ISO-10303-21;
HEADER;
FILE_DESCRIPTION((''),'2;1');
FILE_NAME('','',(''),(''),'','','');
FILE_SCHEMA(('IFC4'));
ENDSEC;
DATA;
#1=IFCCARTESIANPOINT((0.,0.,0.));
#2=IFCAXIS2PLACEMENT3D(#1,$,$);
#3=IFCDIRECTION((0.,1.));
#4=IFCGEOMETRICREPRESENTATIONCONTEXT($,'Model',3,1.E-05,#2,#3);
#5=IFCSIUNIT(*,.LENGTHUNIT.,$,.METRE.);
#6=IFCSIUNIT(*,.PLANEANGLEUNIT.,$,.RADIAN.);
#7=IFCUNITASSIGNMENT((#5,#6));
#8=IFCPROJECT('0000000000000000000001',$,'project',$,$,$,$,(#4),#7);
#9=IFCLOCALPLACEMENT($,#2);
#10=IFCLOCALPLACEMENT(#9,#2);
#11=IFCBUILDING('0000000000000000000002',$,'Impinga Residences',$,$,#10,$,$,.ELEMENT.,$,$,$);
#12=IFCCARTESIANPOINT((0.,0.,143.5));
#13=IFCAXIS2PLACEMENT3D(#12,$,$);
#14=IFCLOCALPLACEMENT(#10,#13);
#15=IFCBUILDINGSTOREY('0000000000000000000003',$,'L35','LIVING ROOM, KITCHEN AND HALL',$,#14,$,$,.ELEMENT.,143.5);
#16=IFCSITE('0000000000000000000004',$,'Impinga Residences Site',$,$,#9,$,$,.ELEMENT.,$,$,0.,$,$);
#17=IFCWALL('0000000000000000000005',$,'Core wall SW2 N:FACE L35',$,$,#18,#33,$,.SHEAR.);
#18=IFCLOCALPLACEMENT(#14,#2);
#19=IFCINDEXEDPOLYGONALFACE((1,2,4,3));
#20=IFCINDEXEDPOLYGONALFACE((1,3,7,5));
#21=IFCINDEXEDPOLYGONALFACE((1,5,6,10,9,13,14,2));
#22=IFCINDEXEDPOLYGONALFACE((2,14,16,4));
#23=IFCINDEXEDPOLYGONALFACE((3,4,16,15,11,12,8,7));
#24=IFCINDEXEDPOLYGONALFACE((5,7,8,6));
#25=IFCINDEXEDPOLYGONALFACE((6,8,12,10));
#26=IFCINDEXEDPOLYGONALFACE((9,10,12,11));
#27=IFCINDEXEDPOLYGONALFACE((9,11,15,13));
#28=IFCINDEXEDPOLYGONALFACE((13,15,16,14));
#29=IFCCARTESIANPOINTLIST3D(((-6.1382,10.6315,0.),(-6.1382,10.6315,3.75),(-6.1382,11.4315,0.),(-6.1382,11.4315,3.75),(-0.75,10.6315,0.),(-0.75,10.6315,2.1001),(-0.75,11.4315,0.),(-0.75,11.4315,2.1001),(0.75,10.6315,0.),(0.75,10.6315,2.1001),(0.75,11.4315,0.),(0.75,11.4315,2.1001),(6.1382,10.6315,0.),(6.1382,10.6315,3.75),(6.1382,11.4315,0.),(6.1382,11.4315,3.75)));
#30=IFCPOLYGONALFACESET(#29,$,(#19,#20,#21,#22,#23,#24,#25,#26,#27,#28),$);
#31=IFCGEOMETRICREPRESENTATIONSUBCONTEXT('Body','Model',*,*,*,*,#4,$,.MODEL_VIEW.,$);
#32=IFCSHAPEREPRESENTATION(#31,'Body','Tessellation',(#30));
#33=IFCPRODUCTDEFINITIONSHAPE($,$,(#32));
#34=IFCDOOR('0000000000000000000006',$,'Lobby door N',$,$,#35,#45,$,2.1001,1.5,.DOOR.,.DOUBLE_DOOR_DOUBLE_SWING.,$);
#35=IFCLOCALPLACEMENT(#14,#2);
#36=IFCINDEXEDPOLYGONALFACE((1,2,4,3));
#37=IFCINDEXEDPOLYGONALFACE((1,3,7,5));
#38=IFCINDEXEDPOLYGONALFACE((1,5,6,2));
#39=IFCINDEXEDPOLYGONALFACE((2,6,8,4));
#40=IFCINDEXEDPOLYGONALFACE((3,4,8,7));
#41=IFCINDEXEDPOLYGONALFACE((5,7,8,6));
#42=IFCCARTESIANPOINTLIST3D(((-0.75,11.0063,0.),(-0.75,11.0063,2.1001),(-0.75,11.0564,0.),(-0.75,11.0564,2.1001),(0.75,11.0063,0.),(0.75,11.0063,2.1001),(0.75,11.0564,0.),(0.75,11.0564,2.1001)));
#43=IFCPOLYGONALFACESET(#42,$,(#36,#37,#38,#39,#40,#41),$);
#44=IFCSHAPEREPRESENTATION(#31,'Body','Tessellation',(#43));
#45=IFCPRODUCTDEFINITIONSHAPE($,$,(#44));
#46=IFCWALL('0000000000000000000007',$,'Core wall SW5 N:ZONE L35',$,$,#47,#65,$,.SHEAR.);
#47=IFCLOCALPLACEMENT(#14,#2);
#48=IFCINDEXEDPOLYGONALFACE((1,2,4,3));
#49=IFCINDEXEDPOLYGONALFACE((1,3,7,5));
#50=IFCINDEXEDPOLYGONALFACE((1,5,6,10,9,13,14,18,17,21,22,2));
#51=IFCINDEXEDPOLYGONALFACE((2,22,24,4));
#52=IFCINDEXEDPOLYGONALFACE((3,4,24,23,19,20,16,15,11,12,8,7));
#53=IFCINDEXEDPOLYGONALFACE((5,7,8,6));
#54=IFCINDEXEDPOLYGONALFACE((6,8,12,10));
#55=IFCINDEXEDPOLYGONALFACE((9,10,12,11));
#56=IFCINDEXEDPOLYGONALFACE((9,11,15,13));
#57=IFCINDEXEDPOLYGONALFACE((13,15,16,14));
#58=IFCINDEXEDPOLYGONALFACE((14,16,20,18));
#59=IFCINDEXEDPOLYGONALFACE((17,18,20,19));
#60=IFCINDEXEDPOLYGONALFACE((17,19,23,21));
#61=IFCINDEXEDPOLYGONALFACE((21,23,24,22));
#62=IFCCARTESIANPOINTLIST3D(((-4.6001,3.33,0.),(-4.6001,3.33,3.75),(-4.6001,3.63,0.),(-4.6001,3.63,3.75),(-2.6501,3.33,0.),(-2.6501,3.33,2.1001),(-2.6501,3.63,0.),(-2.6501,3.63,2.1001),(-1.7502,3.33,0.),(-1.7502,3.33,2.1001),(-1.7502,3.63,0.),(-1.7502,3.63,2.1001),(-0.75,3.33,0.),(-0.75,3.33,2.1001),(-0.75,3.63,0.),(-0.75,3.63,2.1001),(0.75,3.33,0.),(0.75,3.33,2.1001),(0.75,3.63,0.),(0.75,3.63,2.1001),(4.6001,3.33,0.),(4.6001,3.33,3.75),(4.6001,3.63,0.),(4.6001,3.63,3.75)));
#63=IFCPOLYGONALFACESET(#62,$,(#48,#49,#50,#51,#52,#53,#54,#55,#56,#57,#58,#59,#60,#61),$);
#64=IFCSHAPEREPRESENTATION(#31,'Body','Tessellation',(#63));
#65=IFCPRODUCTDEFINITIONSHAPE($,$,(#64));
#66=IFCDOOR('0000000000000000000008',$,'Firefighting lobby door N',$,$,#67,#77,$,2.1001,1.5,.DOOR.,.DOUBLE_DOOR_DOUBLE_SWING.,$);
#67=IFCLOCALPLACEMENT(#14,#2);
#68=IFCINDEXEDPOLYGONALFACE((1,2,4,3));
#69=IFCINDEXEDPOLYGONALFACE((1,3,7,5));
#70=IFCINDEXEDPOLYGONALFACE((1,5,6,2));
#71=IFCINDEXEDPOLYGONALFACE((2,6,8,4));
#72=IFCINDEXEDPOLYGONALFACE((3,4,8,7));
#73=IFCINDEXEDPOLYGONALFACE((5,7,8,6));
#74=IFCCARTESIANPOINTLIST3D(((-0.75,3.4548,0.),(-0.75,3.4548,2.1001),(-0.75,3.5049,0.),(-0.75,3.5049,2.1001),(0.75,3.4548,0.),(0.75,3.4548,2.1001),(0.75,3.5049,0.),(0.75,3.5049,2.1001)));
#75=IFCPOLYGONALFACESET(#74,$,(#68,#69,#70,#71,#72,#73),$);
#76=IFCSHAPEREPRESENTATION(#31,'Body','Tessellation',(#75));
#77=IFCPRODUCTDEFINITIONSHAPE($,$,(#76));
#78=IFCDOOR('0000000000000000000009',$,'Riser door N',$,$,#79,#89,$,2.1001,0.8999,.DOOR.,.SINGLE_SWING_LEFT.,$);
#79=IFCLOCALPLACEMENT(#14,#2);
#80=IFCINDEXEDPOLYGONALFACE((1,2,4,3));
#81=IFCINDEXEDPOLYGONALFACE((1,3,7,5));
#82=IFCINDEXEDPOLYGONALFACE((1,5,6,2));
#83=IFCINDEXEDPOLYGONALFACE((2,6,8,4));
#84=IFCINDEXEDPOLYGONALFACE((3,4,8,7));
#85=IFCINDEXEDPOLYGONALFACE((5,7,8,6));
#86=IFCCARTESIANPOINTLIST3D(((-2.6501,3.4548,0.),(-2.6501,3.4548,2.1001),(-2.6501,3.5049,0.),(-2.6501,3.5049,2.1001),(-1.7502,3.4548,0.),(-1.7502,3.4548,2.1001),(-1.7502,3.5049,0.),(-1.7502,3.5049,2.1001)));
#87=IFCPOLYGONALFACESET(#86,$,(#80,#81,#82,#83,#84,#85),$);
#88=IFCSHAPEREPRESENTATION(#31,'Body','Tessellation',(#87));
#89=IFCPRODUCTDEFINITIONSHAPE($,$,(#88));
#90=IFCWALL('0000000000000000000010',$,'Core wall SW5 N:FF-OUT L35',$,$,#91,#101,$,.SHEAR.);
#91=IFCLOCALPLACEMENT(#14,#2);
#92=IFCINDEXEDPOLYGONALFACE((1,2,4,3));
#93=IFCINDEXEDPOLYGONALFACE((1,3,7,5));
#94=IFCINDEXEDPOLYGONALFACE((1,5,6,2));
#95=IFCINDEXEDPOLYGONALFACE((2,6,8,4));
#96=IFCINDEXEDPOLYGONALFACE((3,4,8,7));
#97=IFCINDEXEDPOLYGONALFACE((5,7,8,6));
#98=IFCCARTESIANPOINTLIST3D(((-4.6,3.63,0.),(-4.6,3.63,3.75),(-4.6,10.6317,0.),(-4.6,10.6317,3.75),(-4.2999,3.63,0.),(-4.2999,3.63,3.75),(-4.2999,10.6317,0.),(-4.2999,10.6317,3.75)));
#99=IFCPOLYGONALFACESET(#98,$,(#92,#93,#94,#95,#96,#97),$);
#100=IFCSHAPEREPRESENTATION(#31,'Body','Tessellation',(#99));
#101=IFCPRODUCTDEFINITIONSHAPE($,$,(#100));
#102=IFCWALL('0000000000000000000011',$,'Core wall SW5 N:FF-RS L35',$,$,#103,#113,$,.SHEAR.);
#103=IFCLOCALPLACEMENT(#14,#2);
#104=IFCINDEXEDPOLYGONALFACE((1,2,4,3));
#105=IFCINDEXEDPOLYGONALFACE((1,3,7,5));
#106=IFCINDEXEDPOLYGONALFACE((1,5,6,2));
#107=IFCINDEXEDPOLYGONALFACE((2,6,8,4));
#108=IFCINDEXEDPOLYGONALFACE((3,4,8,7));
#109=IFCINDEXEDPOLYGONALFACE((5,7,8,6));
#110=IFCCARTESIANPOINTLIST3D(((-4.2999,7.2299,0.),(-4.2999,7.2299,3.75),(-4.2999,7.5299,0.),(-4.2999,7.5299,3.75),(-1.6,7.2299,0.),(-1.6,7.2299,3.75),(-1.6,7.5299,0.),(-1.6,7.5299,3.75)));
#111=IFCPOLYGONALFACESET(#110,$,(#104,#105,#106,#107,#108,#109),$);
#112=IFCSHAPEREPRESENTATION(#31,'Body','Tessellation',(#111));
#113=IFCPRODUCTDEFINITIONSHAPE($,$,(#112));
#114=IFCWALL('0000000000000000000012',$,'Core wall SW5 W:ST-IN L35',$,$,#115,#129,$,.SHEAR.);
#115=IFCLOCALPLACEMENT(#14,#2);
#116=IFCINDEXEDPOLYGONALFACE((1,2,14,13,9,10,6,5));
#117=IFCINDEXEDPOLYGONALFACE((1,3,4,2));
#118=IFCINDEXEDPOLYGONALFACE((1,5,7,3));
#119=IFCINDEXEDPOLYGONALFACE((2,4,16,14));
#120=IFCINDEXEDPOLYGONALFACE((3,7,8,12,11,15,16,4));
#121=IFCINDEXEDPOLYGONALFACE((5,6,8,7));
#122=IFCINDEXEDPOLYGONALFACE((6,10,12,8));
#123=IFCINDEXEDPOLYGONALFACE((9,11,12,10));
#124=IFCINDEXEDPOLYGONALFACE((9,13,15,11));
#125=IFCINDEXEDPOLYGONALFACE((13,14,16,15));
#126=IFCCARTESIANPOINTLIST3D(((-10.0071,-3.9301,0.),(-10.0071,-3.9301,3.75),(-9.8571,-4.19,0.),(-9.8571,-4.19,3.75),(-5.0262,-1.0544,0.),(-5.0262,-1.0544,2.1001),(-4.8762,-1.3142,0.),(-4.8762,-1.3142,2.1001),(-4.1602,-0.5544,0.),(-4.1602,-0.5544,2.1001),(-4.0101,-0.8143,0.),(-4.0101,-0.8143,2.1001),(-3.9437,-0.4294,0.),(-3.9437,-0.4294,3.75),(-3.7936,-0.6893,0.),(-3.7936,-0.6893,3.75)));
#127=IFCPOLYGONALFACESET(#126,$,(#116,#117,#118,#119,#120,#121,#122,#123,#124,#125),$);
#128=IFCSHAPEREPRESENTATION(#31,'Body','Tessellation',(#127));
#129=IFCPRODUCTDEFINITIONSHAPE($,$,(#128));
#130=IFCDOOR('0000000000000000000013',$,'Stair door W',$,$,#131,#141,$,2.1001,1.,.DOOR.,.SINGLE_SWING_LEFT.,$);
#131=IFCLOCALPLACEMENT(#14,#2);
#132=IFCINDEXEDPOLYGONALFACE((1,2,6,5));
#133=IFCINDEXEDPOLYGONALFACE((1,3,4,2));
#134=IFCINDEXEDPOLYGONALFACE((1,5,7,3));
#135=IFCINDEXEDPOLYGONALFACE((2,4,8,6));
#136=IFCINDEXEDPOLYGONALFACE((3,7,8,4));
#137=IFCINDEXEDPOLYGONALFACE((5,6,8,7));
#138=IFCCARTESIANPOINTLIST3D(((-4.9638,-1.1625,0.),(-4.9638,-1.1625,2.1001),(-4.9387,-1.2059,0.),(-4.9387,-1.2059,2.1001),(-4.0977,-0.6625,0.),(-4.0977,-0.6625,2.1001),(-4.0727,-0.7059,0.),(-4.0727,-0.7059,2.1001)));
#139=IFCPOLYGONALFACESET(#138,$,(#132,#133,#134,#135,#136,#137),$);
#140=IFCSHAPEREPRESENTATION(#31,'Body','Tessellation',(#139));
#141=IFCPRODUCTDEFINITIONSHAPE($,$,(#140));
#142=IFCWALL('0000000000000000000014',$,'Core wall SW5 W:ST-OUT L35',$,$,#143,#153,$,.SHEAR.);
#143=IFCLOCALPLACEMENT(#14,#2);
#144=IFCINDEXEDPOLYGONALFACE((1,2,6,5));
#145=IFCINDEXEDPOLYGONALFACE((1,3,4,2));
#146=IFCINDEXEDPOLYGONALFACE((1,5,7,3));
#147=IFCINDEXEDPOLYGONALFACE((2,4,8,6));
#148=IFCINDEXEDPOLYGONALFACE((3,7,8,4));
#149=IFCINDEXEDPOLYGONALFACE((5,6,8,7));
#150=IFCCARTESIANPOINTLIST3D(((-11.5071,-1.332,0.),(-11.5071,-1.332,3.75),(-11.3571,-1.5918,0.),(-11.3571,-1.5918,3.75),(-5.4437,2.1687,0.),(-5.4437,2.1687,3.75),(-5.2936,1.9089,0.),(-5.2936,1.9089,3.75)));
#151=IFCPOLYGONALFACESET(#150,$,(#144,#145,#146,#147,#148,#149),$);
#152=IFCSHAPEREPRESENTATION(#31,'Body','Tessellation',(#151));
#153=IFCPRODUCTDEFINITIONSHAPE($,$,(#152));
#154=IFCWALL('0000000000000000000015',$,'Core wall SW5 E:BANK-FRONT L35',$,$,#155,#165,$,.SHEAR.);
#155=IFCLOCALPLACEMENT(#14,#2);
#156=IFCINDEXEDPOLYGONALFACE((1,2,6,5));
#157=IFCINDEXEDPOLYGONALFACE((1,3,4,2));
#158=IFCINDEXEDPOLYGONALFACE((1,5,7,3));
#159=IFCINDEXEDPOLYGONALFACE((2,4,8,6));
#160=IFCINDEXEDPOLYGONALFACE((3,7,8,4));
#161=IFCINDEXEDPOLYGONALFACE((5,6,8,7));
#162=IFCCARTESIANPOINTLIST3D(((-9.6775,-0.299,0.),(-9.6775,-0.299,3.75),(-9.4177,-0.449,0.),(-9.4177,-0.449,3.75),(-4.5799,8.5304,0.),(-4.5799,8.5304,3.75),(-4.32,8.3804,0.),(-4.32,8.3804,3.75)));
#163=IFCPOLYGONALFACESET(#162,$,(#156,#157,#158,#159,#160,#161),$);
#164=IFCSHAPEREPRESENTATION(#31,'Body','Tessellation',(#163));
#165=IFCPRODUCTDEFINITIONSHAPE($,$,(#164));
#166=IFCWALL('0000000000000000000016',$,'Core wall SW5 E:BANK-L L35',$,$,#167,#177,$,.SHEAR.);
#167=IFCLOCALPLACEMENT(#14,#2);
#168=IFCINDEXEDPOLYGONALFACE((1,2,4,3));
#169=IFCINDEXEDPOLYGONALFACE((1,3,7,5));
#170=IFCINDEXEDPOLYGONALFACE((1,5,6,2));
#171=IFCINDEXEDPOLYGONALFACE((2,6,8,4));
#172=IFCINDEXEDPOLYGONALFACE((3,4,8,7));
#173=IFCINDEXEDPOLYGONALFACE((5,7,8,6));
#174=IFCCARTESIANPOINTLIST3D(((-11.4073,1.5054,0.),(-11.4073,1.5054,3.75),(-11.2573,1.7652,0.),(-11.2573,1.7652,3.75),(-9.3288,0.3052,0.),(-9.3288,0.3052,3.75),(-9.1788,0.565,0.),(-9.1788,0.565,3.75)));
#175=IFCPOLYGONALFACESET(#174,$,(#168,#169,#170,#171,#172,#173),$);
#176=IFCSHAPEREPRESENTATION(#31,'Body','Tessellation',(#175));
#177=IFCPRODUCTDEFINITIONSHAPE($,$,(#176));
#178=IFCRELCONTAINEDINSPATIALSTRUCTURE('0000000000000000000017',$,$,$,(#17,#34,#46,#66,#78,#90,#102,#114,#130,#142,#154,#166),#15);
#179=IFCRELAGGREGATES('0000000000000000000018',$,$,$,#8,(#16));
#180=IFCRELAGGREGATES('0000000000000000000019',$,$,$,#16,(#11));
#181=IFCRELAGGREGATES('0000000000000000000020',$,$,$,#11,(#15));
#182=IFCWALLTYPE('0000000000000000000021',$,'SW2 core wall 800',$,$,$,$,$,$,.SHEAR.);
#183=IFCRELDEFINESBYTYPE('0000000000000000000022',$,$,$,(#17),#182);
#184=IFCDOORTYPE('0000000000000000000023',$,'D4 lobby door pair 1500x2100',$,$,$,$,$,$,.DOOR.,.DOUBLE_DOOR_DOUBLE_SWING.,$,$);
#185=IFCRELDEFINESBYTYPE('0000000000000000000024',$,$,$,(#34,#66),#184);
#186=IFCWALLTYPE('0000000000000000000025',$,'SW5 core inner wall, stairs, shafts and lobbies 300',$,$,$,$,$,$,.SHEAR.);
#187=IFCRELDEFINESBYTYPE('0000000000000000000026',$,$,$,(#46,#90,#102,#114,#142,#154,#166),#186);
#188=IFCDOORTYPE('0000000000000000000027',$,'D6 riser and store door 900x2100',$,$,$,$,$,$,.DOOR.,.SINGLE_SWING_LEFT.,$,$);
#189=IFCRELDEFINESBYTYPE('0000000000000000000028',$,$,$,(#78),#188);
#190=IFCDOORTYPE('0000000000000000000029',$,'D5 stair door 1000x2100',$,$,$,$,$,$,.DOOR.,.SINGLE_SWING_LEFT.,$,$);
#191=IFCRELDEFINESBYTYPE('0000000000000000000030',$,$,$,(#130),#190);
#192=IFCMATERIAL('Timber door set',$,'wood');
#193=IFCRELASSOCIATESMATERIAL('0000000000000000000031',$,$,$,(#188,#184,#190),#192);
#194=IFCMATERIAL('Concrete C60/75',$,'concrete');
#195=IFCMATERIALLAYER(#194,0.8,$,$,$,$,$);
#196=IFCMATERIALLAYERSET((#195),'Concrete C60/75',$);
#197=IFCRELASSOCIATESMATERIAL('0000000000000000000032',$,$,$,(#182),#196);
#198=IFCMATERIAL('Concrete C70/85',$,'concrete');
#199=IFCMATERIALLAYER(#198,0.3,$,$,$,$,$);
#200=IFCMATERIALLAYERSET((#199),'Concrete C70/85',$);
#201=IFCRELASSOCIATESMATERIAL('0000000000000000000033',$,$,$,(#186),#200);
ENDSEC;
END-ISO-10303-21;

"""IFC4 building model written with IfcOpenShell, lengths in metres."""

from ifc_helpers import new_model, si_unit, direction, frame, frame_2d, origin, place, context, subcontext, project, spatial, rectangle, extrude, material, layer, layer_set, type_object, element, fill, save


model = new_model("IFC4")

# Units and contexts
model_context = context("Model", 3, precision=1e-05, world=origin(), true_north=direction((0.0, 1.0)))
body_context = subcontext(model_context, "Body", "Model", "MODEL_VIEW")
ifc_project = project(units=[si_unit("LENGTHUNIT", "METRE"), si_unit("PLANEANGLEUNIT", "RADIAN")], contexts=[model_context])

# Site, building, storey
site_placement = place(None, origin())
site = spatial("IfcSite", under=ifc_project, at=site_placement, Name="Impinga Residences Site", CompositionType="ELEMENT", RefElevation=0.0)
building_placement = place(site_placement, origin())
building = spatial("IfcBuilding", under=site, at=building_placement, Name="Impinga Residences", CompositionType="ELEMENT")
storey_placement = place(building_placement, frame((0.0, 0.0, 143.5)))
storey = spatial("IfcBuildingStorey", under=building, at=storey_placement, Name="L35", Description="LIVING ROOM, KITCHEN AND HALL", CompositionType="ELEMENT", Elevation=143.5)

# Shared definitions
ifc_material_1 = material(Name="Concrete C60/75", Category="concrete")

# Shared definitions
ifc_material_2 = material(Name="Timber door set", Category="wood")
door_type_1 = type_object("IfcDoorType", Name="D6 riser and store door 900x2100", OperationType="SINGLE_SWING_LEFT", PredefinedType="DOOR", material=ifc_material_2)

# Wall, opening, door
ifc_layer_1 = layer(ifc_material_1, 0.8)
ifc_layer_set_1 = layer_set([ifc_layer_1], Name="Concrete C60/75")
wall_type_1 = type_object("IfcWallType", Name="SW2 core wall 800", PredefinedType="SHEAR", material=ifc_layer_set_1)
wall_1_placement = place(storey_placement, frame((-6.1382, 11.0315, 0.0), z_axis=(0.0, 0.0, 1.0), x_axis=(1.0, 0.0, 0.0)))
wall_1 = element("IfcWall", 1, at=wall_1_placement, inside=storey, type_object=wall_type_1, Name="Core wall SW2 N:FACE L35", PredefinedType="SHEAR", context=body_context, shape_type="SweptSolid", body=[
    extrude(rectangle(XDim=12.2764, YDim=0.8, at=frame_2d((6.1382, 0.0))), origin(), (0.0, 0.0, 1.0), 3.75),
])
opening_1_placement = place(wall_1_placement, frame((5.3882, 0.0, 0.0)))
opening_1 = element("IfcOpeningElement", 2, at=opening_1_placement, cuts=wall_1, PredefinedType="OPENING", context=body_context, shape_type="SweptSolid", body=[
    extrude(rectangle(XDim=1.5, YDim=2.1001, at=frame_2d((0.75, 1.05))), frame((0.0, 0.4099, 0.0), z_axis=(0.0, -1.0, 0.0), x_axis=(1.0, 0.0, 0.0)), (0.0, 0.0, 1.0), 0.8201),
])
door_type_2 = type_object("IfcDoorType", Name="D4 lobby door pair 1500x2100", OperationType="DOUBLE_DOOR_DOUBLE_SWING", PredefinedType="DOOR", material=ifc_material_2)
door_1_placement = place(opening_1_placement, origin())
door_1 = element("IfcDoor", 3, at=door_1_placement, inside=storey, type_object=door_type_2, Name="Lobby door N", OperationType="DOUBLE_DOOR_DOUBLE_SWING", OverallHeight=2.1001, OverallWidth=1.5, PredefinedType="DOOR", context=body_context, shape_type="SweptSolid", body=[
    extrude(rectangle(XDim=1.5, YDim=2.1001, at=frame_2d((0.75, 1.05))), frame((0.0, 0.0249, 0.0), z_axis=(0.0, -1.0, 0.0), x_axis=(1.0, 0.0, 0.0)), (0.0, 0.0, 1.0), 0.05),
])
fill(opening_1, door_1)

# Wall, openings, doors
ifc_material_3 = material(Name="Concrete C70/85", Category="concrete")
ifc_layer_2 = layer(ifc_material_3, 0.3)
ifc_layer_set_2 = layer_set([ifc_layer_2], Name="Concrete C70/85")
wall_type_2 = type_object("IfcWallType", Name="SW5 core inner wall, stairs, shafts and lobbies 300", PredefinedType="SHEAR", material=ifc_layer_set_2)
wall_2_placement = place(storey_placement, frame((-4.6001, 3.48, 0.0), z_axis=(0.0, 0.0, 1.0), x_axis=(1.0, 0.0, 0.0)))
wall_2 = element("IfcWall", 4, at=wall_2_placement, inside=storey, type_object=wall_type_2, Name="Core wall SW5 N:ZONE L35", PredefinedType="SHEAR", context=body_context, shape_type="SweptSolid", body=[
    extrude(rectangle(XDim=9.2002, YDim=0.3, at=frame_2d((4.6001, 0.0))), origin(), (0.0, 0.0, 1.0), 3.75),
])
opening_2_placement = place(wall_2_placement, frame((3.8501, 0.0, 0.0)))
opening_2 = element("IfcOpeningElement", 5, at=opening_2_placement, cuts=wall_2, PredefinedType="OPENING", context=body_context, shape_type="SweptSolid", body=[
    extrude(rectangle(XDim=1.5, YDim=2.1001, at=frame_2d((0.75, 1.05))), frame((0.0, 0.1599, 0.0), z_axis=(0.0, -1.0, 0.0), x_axis=(1.0, 0.0, 0.0)), (0.0, 0.0, 1.0), 0.3201),
])
opening_3_placement = place(wall_2_placement, frame((1.95, 0.0, 0.0)))
opening_3 = element("IfcOpeningElement", 6, at=opening_3_placement, cuts=wall_2, PredefinedType="OPENING", context=body_context, shape_type="SweptSolid", body=[
    extrude(rectangle(XDim=0.8999, YDim=2.1001, at=frame_2d((0.45, 1.05))), frame((0.0, 0.1599, 0.0), z_axis=(0.0, -1.0, 0.0), x_axis=(1.0, 0.0, 0.0)), (0.0, 0.0, 1.0), 0.3201),
])
door_2_placement = place(opening_2_placement, origin())
door_2 = element("IfcDoor", 7, at=door_2_placement, inside=storey, type_object=door_type_2, Name="Firefighting lobby door N", OperationType="DOUBLE_DOOR_DOUBLE_SWING", OverallHeight=2.1001, OverallWidth=1.5, PredefinedType="DOOR", context=body_context, shape_type="SweptSolid", body=[
    extrude(rectangle(XDim=1.5, YDim=2.1001, at=frame_2d((0.75, 1.05))), frame((0.0, 0.0249, 0.0), z_axis=(0.0, -1.0, 0.0), x_axis=(1.0, 0.0, 0.0)), (0.0, 0.0, 1.0), 0.05),
])
fill(opening_2, door_2)
door_3_placement = place(opening_3_placement, origin())
door_3 = element("IfcDoor", 8, at=door_3_placement, inside=storey, type_object=door_type_1, Name="Riser door N", OperationType="SINGLE_SWING_LEFT", OverallHeight=2.1001, OverallWidth=0.8999, PredefinedType="DOOR", context=body_context, shape_type="SweptSolid", body=[
    extrude(rectangle(XDim=0.8999, YDim=2.1001, at=frame_2d((0.45, 1.05))), frame((0.0, 0.0249, 0.0), z_axis=(0.0, -1.0, 0.0), x_axis=(1.0, 0.0, 0.0)), (0.0, 0.0, 1.0), 0.05),
])
fill(opening_3, door_3)

# Walls
wall_3_placement = place(storey_placement, frame((-4.45, 3.6299, 0.0), z_axis=(0.0, 0.0, 1.0), x_axis=(0.0, 1.0, 0.0)))
element("IfcWall", 9, at=wall_3_placement, inside=storey, type_object=wall_type_2, Name="Core wall SW5 N:FF-OUT L35", PredefinedType="SHEAR", context=body_context, shape_type="SweptSolid", body=[
    extrude(rectangle(XDim=7.0017, YDim=0.3, at=frame_2d((3.501, 0.0))), origin(), (0.0, 0.0, 1.0), 3.75),
])
wall_4_placement = place(storey_placement, frame((-4.3, 7.3799, 0.0), z_axis=(0.0, 0.0, 1.0), x_axis=(1.0, 0.0, 0.0)))
element("IfcWall", 10, at=wall_4_placement, inside=storey, type_object=wall_type_2, Name="Core wall SW5 N:FF-RS L35", PredefinedType="SHEAR", context=body_context, shape_type="SweptSolid", body=[
    extrude(rectangle(XDim=2.7, YDim=0.3, at=frame_2d((1.3501, 0.0))), origin(), (0.0, 0.0, 1.0), 3.75),
])

# Wall, opening, door
wall_5_placement = place(storey_placement, frame((-3.8687, -0.5593, 0.0), z_axis=(0.0, 0.0, 1.0), x_axis=(-0.866026, -0.499998, 0.0)))
wall_5 = element("IfcWall", 11, at=wall_5_placement, inside=storey, type_object=wall_type_2, Name="Core wall SW5 W:ST-IN L35", PredefinedType="SHEAR", context=body_context, shape_type="SweptSolid", body=[
    extrude(rectangle(XDim=7.0015, YDim=0.3, at=frame_2d((3.5007, 0.0))), origin(), (0.0, 0.0, 1.0), 3.75),
])
opening_4_placement = place(wall_5_placement, frame((0.25, 0.0, 0.0)))
opening_4 = element("IfcOpeningElement", 12, at=opening_4_placement, cuts=wall_5, PredefinedType="OPENING", context=body_context, shape_type="SweptSolid", body=[
    extrude(rectangle(XDim=1.0, YDim=2.1001, at=frame_2d((0.5, 1.05))), frame((0.0, 0.1599, 0.0), z_axis=(0.0, -1.0, 0.0), x_axis=(1.0, 0.0, 0.0)), (0.0, 0.0, 1.0), 0.3201),
])
door_type_3 = type_object("IfcDoorType", Name="D5 stair door 1000x2100", OperationType="SINGLE_SWING_LEFT", PredefinedType="DOOR", material=ifc_material_2)
door_4_placement = place(opening_4_placement, origin())
door_4 = element("IfcDoor", 13, at=door_4_placement, inside=storey, type_object=door_type_3, Name="Stair door W", OperationType="SINGLE_SWING_LEFT", OverallHeight=2.1001, OverallWidth=1.0, PredefinedType="DOOR", context=body_context, shape_type="SweptSolid", body=[
    extrude(rectangle(XDim=1.0, YDim=2.1001, at=frame_2d((0.5, 1.05))), frame((0.0, 0.0249, 0.0), z_axis=(0.0, -1.0, 0.0), x_axis=(1.0, 0.0, 0.0)), (0.0, 0.0, 1.0), 0.05),
])
fill(opening_4, door_4)

# Walls
wall_6_placement = place(storey_placement, frame((-5.3687, 2.0388, 0.0), z_axis=(0.0, 0.0, 1.0), x_axis=(-0.866026, -0.499998, 0.0)))
element("IfcWall", 14, at=wall_6_placement, inside=storey, type_object=wall_type_2, Name="Core wall SW5 W:ST-OUT L35", PredefinedType="SHEAR", context=body_context, shape_type="SweptSolid", body=[
    extrude(rectangle(XDim=7.0015, YDim=0.3, at=frame_2d((3.5007, 0.0))), origin(), (0.0, 0.0, 1.0), 3.75),
])
wall_7_placement = place(storey_placement, frame((-9.5476, -0.374, 0.0), z_axis=(0.0, 0.0, 1.0), x_axis=(0.500002, 0.866024, 0.0)))
element("IfcWall", 15, at=wall_7_placement, inside=storey, type_object=wall_type_2, Name="Core wall SW5 E:BANK-FRONT L35", PredefinedType="SHEAR", context=body_context, shape_type="SweptSolid", body=[
    extrude(rectangle(XDim=10.1953, YDim=0.3, at=frame_2d((5.0977, 0.0))), origin(), (0.0, 0.0, 1.0), 3.75),
])
for number, where, z_axis, x_axis, name in (
    (16, (-9.2537, 0.4351, 0.0), (0.0, 0.0, 1.0), (-0.866006, 0.500034, 0.0), "Core wall SW5 E:BANK-L L35"),
):
    element("IfcWall", number, at=place(storey_placement, frame(where, z_axis=z_axis, x_axis=x_axis)), inside=storey, type_object=wall_type_2, Name=name, PredefinedType="SHEAR", context=body_context, shape_type="SweptSolid", body=[
        extrude(rectangle(XDim=2.4001, YDim=0.3, at=frame_2d((1.2002, 0.0))), origin(), (0.0, 0.0, 1.0), 3.75),
    ])

save(model, "model.ifc")
